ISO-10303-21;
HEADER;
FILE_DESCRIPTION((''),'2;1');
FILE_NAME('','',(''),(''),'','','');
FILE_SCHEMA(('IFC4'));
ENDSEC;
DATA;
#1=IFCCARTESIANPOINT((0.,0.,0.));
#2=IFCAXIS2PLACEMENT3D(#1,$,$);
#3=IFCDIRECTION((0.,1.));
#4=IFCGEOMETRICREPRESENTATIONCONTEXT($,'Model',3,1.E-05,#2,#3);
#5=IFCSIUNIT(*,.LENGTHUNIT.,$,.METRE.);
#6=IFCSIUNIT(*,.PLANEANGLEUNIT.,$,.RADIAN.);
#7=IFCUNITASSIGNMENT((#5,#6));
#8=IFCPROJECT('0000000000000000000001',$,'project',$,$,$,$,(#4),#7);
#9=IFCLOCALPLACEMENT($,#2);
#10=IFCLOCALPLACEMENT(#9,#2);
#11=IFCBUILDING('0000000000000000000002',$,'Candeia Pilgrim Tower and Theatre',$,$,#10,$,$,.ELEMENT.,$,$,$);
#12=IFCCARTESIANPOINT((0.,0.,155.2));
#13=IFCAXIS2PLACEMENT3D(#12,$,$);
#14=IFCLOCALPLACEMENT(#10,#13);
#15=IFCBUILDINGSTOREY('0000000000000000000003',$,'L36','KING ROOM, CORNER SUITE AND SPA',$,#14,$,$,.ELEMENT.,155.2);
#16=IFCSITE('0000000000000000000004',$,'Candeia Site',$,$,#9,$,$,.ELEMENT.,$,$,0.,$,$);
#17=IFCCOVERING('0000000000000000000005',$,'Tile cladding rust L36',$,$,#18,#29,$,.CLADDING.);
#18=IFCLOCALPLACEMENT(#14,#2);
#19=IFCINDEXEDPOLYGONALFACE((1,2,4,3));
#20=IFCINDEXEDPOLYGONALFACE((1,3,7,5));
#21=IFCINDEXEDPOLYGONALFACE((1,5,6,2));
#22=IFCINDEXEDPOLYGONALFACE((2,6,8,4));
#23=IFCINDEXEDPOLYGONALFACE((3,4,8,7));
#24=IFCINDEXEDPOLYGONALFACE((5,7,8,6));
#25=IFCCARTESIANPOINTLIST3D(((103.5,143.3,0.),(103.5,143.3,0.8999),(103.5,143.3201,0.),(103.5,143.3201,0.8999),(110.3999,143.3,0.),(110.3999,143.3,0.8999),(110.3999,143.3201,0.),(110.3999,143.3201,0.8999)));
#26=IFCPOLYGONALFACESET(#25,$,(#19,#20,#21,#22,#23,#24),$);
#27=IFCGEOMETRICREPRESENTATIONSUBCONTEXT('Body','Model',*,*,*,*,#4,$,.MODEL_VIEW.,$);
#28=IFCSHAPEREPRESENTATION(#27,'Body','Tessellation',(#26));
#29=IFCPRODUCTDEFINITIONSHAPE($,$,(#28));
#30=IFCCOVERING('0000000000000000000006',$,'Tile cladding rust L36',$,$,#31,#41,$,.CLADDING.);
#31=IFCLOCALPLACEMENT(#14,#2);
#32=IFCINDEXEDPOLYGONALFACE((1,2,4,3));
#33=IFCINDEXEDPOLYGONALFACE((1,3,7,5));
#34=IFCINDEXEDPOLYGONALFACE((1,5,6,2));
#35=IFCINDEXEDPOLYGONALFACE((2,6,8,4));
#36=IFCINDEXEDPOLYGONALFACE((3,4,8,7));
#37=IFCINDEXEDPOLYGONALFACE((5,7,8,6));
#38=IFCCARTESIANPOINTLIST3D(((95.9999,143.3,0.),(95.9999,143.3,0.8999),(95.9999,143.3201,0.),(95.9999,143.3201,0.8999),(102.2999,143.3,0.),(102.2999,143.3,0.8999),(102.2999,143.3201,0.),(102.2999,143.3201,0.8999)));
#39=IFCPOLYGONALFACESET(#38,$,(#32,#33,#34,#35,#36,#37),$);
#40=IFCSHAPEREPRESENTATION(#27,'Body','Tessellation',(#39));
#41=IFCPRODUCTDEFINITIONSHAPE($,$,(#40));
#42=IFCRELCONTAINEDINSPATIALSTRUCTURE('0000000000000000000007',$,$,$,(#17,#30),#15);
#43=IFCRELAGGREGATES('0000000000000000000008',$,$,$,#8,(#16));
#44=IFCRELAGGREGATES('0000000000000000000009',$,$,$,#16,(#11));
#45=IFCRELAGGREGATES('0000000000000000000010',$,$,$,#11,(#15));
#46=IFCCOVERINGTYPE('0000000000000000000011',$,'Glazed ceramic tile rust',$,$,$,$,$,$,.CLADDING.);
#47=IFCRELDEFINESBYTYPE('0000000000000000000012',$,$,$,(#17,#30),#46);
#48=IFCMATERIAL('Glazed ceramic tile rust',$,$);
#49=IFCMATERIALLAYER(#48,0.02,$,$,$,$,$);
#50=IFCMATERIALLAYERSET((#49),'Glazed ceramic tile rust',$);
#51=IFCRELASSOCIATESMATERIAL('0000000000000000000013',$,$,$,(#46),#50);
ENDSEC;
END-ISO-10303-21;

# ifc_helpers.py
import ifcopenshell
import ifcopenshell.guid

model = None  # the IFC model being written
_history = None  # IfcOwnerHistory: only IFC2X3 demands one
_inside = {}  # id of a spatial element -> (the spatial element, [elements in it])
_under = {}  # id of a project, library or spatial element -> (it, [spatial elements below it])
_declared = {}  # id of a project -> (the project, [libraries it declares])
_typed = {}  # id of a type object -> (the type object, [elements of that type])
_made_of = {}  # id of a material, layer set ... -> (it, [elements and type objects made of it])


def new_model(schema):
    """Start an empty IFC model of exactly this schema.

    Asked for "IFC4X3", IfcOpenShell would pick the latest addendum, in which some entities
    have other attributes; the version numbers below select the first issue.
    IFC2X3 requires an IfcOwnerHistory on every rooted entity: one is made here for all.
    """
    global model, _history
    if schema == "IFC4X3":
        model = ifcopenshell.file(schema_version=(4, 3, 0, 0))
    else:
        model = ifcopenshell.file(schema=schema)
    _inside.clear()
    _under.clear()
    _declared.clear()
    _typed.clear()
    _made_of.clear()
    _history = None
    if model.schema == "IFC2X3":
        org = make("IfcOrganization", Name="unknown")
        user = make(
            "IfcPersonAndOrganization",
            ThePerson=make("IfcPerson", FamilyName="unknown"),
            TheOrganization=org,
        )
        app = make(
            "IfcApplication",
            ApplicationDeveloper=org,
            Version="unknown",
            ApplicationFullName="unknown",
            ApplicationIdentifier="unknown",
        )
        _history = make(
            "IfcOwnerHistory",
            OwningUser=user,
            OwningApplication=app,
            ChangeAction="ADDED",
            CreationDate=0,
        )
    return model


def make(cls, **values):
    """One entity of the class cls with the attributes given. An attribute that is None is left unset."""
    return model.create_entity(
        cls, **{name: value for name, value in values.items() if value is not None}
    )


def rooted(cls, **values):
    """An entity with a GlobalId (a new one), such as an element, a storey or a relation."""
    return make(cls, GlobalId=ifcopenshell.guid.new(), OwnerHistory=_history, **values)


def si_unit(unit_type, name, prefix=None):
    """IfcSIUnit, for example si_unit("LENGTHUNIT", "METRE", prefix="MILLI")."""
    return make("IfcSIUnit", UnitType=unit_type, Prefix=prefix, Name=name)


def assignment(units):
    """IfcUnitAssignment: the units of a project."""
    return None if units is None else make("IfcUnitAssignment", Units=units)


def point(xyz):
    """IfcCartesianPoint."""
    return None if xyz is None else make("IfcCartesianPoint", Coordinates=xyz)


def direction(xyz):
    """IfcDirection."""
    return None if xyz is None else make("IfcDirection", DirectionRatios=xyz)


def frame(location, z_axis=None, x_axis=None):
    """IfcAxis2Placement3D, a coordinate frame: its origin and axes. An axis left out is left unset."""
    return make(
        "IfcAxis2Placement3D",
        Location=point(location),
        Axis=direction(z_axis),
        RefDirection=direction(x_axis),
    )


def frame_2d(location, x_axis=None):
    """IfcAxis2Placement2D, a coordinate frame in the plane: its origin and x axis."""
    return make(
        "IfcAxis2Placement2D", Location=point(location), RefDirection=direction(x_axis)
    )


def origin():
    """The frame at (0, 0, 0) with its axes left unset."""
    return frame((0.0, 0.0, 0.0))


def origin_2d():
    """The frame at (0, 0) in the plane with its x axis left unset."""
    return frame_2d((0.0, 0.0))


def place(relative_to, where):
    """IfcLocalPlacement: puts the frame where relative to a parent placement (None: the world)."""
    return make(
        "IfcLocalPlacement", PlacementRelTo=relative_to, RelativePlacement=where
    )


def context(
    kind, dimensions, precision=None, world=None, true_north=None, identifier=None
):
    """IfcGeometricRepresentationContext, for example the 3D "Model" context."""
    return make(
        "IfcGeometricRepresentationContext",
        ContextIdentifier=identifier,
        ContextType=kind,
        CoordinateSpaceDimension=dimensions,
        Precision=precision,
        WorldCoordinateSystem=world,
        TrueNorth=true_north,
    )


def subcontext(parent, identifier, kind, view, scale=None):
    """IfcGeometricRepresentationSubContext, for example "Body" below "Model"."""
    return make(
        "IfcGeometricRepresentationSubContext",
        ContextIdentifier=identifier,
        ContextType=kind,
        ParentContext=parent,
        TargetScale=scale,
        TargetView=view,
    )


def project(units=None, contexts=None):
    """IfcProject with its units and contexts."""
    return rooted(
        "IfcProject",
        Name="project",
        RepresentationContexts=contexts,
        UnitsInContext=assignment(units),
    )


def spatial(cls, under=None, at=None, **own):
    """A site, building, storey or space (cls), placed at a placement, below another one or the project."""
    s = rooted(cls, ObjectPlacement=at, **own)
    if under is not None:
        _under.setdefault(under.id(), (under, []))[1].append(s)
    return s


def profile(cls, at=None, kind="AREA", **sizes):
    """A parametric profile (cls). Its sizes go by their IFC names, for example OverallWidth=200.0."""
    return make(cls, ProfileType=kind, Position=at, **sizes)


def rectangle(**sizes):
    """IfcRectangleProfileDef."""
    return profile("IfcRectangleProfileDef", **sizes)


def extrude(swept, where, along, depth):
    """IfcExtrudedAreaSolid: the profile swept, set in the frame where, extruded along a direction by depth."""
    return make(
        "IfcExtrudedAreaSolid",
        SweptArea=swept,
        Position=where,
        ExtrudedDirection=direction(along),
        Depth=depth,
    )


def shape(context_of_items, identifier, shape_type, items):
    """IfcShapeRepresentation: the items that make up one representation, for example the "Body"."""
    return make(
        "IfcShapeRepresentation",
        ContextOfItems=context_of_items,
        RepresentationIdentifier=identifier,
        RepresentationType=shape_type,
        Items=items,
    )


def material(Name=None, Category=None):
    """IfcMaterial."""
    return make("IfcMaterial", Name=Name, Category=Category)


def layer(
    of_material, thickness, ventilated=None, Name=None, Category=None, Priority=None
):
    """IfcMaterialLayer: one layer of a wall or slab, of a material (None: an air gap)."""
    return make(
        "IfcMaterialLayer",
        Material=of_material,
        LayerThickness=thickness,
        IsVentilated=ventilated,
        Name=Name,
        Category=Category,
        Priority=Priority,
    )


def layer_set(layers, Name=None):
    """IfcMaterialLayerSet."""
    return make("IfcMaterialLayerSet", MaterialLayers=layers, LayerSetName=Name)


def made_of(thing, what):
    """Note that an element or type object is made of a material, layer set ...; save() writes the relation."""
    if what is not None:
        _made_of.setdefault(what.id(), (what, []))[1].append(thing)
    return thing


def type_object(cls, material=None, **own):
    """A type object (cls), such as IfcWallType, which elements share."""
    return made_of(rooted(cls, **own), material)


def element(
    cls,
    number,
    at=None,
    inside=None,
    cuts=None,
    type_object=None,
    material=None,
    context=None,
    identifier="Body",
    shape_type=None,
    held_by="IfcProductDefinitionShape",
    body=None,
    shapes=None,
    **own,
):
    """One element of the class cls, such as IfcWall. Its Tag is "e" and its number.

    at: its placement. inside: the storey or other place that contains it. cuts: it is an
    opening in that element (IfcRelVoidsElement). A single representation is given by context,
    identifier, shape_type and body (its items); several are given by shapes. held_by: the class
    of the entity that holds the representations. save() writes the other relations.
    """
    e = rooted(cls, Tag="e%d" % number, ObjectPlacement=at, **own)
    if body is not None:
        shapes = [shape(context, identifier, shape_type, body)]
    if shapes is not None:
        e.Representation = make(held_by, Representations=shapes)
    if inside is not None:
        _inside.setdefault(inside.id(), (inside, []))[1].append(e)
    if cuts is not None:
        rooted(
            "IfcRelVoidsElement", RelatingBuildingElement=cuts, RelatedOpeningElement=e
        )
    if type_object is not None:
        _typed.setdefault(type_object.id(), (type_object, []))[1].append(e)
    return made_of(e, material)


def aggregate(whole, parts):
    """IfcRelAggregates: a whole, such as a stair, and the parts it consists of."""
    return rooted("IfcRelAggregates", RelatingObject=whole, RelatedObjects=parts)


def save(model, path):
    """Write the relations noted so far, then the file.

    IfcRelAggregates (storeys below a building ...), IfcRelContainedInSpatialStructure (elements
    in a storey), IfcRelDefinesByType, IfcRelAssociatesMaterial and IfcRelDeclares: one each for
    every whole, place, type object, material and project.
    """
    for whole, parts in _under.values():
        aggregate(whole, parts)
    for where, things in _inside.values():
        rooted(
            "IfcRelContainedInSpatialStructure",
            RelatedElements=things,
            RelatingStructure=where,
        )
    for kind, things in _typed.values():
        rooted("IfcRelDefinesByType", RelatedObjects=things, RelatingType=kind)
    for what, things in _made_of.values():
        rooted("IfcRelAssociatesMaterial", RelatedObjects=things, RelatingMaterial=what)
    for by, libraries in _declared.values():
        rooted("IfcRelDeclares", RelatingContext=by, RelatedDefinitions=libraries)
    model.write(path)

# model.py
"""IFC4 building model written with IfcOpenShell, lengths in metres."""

from ifc_helpers import new_model, si_unit, direction, frame, origin, origin_2d, place, context, subcontext, project, spatial, rectangle, extrude, material, layer, layer_set, type_object, element, save


model = new_model("IFC4")

# Units and contexts
model_context = context("Model", 3, precision=1e-05, world=origin(), true_north=direction((0.0, 1.0)))
body_context = subcontext(model_context, "Body", "Model", "MODEL_VIEW")
ifc_project = project(units=[si_unit("LENGTHUNIT", "METRE"), si_unit("PLANEANGLEUNIT", "RADIAN")], contexts=[model_context])

# Site, building, storey
site_placement = place(None, origin())
site = spatial("IfcSite", under=ifc_project, at=site_placement, Name="Candeia Site", CompositionType="ELEMENT", RefElevation=0.0)
building_placement = place(site_placement, origin())
building = spatial("IfcBuilding", under=site, at=building_placement, Name="Candeia Pilgrim Tower and Theatre", CompositionType="ELEMENT")
storey_placement = place(building_placement, frame((0.0, 0.0, 155.2)))
storey = spatial("IfcBuildingStorey", under=building, at=storey_placement, Name="L36", Description="KING ROOM, CORNER SUITE AND SPA", CompositionType="ELEMENT", Elevation=155.2)

# Coverings
ifc_material_1 = material(Name="Glazed ceramic tile rust")
ifc_layer_1 = layer(ifc_material_1, 0.02)
ifc_layer_set_1 = layer_set([ifc_layer_1], Name="Glazed ceramic tile rust")
covering_type = type_object("IfcCoveringType", Name="Glazed ceramic tile rust", PredefinedType="CLADDING", material=ifc_layer_set_1)
covering_1_placement = place(storey_placement, frame((106.95, 143.3101, 0.0), z_axis=(0.0, 0.0, 1.0), x_axis=(-1.0, 0.0, 0.0)))
element("IfcCovering", 1, at=covering_1_placement, inside=storey, type_object=covering_type, Name="Tile cladding rust L36", PredefinedType="CLADDING", context=body_context, shape_type="SweptSolid", body=[
    extrude(rectangle(XDim=6.8999, YDim=0.02, at=origin_2d()), origin(), (0.0, 0.0, 1.0), 0.8999),
])
covering_2_placement = place(storey_placement, frame((99.1499, 143.3101, 0.0), z_axis=(0.0, 0.0, 1.0), x_axis=(-1.0, 0.0, 0.0)))
element("IfcCovering", 2, at=covering_2_placement, inside=storey, type_object=covering_type, Name="Tile cladding rust L36", PredefinedType="CLADDING", context=body_context, shape_type="SweptSolid", body=[
    extrude(rectangle(XDim=6.3, YDim=0.02, at=origin_2d()), origin(), (0.0, 0.0, 1.0), 0.8999),
])

save(model, "model.ifc")
